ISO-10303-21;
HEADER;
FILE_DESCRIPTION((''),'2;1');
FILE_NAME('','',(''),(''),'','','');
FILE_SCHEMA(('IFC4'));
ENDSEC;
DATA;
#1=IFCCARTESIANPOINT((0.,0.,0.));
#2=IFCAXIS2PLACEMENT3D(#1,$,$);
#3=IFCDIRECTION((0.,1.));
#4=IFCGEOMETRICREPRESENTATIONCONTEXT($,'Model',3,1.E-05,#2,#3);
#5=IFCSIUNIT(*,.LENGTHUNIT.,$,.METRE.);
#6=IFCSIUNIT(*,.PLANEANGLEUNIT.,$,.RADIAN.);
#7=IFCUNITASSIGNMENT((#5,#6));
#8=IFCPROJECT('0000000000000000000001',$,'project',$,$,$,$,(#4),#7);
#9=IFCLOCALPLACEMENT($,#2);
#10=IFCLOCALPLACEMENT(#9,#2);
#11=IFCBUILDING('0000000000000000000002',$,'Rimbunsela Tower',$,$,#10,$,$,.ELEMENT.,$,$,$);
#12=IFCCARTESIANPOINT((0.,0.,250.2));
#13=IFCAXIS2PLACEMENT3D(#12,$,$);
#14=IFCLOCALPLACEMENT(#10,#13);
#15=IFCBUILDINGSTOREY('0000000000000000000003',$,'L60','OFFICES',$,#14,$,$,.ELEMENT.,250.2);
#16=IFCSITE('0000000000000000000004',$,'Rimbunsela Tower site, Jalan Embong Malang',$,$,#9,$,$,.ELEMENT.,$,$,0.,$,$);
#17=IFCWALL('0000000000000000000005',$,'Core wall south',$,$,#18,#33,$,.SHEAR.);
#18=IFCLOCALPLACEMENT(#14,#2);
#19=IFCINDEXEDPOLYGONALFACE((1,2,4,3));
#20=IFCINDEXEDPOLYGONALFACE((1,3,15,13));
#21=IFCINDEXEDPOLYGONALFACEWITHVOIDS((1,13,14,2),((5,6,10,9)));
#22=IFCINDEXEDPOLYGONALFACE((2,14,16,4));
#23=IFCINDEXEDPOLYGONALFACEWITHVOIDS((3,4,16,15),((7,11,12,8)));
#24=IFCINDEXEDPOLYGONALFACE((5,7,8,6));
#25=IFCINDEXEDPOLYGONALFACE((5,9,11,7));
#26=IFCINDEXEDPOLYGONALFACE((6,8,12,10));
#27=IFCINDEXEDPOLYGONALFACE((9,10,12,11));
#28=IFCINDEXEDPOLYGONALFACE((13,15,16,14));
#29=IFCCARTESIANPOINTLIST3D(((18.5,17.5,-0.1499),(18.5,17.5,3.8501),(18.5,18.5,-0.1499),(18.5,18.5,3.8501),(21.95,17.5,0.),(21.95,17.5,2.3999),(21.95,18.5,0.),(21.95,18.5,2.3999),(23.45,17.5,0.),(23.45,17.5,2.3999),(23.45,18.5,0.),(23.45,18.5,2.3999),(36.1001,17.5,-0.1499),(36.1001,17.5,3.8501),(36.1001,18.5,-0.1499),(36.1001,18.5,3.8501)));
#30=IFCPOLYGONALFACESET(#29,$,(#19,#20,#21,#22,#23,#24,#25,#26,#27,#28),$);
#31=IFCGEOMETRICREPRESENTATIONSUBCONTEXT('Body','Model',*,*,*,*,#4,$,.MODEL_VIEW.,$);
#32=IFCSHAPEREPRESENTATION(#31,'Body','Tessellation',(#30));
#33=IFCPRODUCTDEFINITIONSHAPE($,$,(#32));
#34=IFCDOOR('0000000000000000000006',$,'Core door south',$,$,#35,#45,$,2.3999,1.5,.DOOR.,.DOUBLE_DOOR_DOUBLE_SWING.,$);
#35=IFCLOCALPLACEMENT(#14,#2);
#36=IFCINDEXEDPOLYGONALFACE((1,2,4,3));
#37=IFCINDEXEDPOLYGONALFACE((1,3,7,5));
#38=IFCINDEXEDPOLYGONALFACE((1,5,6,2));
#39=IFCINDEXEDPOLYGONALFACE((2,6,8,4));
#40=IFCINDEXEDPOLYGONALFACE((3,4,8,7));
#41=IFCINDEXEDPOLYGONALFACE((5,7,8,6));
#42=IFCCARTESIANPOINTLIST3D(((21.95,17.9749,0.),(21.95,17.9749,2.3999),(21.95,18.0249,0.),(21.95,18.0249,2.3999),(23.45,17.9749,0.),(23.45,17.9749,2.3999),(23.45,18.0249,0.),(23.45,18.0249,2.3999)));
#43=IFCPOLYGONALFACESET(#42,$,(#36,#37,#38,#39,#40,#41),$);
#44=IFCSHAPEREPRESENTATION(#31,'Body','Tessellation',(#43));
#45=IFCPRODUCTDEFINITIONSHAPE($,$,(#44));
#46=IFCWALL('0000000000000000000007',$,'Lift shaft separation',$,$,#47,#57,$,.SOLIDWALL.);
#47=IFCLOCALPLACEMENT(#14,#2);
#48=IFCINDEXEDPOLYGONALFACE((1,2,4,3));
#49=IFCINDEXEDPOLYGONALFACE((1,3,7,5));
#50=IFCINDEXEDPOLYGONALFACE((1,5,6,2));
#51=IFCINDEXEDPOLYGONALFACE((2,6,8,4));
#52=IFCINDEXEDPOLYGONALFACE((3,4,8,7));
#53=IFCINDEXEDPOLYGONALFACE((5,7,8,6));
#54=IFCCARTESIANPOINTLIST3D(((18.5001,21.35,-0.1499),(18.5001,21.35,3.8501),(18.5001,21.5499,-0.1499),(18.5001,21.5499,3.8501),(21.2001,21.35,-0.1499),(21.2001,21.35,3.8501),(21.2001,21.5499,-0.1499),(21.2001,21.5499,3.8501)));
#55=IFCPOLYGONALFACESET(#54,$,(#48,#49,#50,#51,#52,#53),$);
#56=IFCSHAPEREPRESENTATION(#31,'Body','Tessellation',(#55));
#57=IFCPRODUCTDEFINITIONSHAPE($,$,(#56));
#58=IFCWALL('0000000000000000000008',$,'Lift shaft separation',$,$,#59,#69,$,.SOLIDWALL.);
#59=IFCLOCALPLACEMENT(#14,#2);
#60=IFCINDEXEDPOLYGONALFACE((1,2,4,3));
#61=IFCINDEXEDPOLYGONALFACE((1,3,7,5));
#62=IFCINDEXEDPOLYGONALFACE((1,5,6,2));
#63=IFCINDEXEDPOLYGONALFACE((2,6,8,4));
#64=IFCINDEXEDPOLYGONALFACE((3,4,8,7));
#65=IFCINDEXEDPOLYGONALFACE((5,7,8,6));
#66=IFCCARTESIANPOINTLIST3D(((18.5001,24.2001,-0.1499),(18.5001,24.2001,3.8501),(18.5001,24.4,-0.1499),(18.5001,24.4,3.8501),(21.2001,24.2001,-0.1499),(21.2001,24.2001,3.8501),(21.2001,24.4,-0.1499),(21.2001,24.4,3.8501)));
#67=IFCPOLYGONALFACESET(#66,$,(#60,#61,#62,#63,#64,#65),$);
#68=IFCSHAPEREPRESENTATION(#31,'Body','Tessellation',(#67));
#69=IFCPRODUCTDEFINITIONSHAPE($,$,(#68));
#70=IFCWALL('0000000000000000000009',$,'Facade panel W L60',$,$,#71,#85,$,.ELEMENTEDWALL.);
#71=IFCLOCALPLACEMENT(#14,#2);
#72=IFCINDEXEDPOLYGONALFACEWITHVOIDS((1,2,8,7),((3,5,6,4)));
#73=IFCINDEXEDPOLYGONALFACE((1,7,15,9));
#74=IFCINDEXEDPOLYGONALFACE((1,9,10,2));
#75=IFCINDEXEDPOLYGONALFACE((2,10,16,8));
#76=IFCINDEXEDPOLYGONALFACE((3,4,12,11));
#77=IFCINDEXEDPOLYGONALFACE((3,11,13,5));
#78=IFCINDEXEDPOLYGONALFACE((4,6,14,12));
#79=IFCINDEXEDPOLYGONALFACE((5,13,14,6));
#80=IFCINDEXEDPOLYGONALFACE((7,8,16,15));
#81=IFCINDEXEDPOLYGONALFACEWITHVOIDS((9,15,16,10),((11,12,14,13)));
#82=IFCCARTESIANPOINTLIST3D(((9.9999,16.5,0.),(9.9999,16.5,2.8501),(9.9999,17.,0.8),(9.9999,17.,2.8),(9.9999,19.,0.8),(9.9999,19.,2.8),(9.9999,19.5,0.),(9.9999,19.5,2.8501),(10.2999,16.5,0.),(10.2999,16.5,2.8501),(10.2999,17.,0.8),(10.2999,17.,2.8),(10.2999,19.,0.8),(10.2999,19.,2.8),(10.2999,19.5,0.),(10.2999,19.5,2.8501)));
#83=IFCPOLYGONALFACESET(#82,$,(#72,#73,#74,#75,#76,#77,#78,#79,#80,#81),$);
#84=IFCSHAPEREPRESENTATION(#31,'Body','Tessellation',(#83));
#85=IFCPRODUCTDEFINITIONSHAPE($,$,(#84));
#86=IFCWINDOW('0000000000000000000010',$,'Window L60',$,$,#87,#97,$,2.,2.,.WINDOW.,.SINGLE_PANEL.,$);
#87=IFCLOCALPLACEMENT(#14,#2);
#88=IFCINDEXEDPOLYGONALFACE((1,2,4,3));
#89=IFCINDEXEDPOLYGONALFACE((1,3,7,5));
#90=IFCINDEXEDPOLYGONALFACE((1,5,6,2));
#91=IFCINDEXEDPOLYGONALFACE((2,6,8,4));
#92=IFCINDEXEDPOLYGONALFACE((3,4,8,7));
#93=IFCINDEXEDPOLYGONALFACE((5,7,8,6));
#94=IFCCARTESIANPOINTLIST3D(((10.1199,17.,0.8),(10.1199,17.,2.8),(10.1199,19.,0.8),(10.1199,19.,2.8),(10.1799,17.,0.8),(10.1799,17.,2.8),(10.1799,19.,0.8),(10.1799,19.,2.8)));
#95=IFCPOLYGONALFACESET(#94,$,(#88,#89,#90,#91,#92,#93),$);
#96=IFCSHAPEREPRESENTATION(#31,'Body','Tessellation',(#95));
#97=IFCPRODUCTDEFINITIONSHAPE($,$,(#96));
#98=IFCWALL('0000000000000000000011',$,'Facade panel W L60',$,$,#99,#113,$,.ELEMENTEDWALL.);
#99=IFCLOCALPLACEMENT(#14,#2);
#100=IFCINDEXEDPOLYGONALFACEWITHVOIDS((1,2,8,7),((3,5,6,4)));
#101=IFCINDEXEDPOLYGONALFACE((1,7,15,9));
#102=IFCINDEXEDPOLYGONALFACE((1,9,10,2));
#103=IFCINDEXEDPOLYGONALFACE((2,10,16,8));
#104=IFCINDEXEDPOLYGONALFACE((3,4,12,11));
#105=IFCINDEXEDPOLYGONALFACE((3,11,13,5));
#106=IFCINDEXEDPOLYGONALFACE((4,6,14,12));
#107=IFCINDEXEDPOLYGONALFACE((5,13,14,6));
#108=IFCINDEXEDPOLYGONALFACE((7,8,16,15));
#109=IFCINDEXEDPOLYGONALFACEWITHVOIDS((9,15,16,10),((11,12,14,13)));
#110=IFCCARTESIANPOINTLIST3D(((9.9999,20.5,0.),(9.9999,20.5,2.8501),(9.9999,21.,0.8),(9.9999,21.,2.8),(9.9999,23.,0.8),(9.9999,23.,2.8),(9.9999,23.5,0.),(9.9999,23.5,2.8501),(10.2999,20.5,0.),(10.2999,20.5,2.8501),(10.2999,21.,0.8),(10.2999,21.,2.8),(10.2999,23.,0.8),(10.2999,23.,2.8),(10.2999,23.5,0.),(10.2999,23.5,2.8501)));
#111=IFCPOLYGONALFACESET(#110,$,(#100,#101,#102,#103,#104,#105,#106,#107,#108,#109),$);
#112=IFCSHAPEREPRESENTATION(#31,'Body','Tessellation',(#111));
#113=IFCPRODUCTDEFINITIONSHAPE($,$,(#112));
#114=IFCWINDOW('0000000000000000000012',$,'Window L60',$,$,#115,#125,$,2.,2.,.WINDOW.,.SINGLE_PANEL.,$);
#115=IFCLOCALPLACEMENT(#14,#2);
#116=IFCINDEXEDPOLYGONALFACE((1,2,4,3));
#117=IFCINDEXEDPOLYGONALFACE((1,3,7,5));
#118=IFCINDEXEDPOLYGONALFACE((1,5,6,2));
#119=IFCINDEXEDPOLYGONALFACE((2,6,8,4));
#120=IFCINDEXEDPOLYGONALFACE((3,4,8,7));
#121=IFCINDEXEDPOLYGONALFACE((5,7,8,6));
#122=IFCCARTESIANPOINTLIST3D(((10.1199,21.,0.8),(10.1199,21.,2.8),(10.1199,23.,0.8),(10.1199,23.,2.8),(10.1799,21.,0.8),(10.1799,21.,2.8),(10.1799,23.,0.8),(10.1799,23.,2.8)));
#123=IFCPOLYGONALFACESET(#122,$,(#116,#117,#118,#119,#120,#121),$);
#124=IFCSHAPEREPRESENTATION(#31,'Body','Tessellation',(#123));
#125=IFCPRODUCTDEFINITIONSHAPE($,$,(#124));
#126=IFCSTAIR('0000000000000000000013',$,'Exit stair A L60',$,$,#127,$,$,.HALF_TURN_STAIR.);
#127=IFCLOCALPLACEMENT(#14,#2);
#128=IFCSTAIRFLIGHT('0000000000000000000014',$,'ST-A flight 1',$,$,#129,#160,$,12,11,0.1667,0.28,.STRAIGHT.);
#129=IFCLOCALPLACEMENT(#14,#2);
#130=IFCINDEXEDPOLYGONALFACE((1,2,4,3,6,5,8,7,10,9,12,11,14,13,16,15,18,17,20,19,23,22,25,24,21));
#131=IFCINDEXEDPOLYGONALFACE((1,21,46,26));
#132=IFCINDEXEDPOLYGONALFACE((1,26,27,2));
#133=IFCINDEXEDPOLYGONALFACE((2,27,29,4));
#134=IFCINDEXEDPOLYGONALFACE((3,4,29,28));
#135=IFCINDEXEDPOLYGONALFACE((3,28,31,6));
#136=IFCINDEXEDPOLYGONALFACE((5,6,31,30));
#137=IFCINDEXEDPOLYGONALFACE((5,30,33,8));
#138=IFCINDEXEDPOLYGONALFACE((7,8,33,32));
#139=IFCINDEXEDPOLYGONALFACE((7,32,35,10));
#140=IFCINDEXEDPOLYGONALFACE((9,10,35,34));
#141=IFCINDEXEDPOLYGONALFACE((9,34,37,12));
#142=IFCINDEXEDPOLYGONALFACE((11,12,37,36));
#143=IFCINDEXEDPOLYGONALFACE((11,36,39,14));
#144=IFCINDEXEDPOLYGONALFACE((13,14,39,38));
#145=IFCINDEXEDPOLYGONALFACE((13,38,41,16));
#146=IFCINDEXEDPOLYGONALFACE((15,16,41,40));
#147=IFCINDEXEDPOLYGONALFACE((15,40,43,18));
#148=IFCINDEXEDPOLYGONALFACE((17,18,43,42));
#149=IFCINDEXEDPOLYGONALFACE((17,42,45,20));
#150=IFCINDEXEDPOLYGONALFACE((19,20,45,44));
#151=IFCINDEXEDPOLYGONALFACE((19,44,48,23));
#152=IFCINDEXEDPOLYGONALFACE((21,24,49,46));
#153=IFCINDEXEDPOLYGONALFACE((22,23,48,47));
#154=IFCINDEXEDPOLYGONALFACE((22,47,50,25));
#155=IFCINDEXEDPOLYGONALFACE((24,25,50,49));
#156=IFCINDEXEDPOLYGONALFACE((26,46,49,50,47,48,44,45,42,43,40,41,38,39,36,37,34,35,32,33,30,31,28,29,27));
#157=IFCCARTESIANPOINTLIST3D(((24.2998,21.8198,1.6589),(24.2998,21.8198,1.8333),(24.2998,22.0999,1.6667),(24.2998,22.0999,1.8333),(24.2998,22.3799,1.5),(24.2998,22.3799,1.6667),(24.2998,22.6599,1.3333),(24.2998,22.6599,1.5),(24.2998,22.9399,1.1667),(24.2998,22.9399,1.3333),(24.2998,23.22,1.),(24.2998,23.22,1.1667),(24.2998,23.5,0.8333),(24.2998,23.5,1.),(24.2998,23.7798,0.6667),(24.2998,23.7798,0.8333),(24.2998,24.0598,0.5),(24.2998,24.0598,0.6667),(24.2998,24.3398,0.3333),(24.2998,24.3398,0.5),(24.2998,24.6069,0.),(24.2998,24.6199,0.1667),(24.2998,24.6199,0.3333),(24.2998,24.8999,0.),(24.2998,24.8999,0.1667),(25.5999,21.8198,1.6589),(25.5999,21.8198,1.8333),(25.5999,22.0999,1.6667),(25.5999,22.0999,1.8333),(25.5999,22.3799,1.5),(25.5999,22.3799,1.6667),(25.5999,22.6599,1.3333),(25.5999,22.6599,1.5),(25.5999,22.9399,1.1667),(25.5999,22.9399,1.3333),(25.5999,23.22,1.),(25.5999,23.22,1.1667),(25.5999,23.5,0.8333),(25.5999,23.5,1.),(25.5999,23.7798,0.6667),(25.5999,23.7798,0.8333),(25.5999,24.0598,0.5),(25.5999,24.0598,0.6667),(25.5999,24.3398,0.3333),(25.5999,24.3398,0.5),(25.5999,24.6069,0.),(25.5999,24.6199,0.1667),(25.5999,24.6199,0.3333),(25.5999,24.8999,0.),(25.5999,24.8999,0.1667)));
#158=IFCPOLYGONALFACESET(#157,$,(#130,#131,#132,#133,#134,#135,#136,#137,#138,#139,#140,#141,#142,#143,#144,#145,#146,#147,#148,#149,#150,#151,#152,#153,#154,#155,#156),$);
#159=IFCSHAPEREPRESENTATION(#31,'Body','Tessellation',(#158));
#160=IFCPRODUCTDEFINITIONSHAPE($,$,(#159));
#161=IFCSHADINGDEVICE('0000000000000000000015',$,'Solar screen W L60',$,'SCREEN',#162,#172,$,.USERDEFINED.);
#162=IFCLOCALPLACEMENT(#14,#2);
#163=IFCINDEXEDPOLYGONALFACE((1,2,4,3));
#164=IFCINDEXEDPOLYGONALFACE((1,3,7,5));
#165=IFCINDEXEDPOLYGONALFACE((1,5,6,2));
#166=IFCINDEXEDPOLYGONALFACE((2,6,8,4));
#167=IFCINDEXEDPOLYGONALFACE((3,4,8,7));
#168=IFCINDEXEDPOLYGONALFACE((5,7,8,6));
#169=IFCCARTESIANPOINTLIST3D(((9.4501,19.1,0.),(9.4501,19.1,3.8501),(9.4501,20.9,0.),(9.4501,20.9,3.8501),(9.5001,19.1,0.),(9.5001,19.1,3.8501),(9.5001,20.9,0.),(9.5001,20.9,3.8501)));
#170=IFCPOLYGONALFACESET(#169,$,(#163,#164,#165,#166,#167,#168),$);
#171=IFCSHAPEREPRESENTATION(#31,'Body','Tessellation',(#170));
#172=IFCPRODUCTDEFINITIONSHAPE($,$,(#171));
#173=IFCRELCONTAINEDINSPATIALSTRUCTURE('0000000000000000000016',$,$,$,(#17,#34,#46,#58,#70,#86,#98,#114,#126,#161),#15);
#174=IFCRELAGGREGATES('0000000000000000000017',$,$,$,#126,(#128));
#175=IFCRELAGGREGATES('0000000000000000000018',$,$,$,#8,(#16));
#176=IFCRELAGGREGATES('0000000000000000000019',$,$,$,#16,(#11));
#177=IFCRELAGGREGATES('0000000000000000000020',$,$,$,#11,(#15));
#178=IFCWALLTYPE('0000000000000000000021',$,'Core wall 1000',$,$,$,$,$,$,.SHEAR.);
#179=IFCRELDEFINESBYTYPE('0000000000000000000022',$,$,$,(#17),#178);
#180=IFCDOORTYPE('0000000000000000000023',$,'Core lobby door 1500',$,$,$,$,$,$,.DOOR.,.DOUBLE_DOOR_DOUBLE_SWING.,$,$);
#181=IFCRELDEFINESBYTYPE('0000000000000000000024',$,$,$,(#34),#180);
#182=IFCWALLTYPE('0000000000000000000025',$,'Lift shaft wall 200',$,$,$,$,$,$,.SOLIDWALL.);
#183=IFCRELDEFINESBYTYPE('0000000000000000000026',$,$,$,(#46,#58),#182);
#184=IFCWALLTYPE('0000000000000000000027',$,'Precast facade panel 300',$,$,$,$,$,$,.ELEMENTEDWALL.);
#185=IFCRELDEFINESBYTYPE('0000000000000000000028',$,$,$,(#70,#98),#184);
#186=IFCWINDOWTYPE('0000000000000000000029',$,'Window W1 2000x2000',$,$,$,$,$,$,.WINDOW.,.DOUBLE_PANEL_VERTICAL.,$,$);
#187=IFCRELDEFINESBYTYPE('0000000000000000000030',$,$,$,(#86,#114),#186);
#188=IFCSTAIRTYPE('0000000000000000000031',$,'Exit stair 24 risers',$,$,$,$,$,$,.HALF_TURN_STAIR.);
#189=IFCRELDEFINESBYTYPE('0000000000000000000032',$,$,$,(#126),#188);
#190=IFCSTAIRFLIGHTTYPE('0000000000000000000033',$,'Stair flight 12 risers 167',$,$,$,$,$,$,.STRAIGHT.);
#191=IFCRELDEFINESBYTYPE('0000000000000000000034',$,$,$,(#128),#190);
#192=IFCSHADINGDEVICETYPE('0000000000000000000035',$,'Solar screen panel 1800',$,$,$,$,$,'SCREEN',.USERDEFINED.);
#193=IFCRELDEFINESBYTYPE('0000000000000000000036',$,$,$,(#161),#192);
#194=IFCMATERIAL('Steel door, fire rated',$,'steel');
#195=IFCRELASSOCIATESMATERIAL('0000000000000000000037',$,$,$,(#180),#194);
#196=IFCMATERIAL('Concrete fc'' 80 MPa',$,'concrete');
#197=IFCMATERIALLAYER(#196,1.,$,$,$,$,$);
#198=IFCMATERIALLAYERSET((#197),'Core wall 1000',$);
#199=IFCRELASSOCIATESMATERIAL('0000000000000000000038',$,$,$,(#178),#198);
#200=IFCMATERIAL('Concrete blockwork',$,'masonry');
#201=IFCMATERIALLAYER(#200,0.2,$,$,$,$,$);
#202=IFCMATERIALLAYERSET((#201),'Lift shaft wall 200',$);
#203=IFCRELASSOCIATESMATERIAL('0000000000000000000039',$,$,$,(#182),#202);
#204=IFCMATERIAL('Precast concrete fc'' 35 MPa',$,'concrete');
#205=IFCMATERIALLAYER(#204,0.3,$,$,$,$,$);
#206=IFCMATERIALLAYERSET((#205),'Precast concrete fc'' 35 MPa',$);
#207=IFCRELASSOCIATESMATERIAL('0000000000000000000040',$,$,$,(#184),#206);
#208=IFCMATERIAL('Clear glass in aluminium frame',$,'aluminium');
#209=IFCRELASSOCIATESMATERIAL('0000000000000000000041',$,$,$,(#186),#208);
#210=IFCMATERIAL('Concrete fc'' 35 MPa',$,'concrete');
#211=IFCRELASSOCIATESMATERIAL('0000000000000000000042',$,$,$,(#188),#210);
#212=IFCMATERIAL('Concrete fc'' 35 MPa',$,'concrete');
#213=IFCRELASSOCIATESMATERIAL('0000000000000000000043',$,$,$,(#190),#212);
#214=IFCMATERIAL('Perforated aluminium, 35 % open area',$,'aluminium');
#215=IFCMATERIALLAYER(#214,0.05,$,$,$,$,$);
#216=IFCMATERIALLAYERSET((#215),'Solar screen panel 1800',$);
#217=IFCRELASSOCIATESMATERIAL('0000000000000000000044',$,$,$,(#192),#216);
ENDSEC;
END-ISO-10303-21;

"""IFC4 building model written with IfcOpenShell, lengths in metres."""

from ifc_helpers import new_model, si_unit, direction, frame, frame_2d, origin, origin_2d, place, context, subcontext, project, spatial, polyline, rectangle, outline, extrude, material, layer, layer_set, type_object, element, fill, aggregate, save


model = new_model("IFC4")

# Units and contexts
model_context = context("Model", 3, precision=1e-05, world=origin(), true_north=direction((0.0, 1.0)))
body_context = subcontext(model_context, "Body", "Model", "MODEL_VIEW")
ifc_project = project(units=[si_unit("LENGTHUNIT", "METRE"), si_unit("PLANEANGLEUNIT", "RADIAN")], contexts=[model_context])

# Site, building, storey
site_placement = place(None, origin())
site = spatial("IfcSite", under=ifc_project, at=site_placement, Name="Rimbunsela Tower site, Jalan Embong Malang", CompositionType="ELEMENT", RefElevation=0.0)
building_placement = place(site_placement, origin())
building = spatial("IfcBuilding", under=site, at=building_placement, Name="Rimbunsela Tower", CompositionType="ELEMENT")
storey_placement = place(building_placement, frame((0.0, 0.0, 250.2)))
storey = spatial("IfcBuildingStorey", under=building, at=storey_placement, Name="L60", Description="OFFICES", CompositionType="ELEMENT", Elevation=250.2)

# Shared definitions
ifc_material_1 = material(Name="Steel door, fire rated", Category="steel")
door_type_1 = type_object("IfcDoorType", Name="Core lobby door 1500", OperationType="DOUBLE_DOOR_DOUBLE_SWING", PredefinedType="DOOR", material=ifc_material_1)

# Shared definitions
ifc_material_2 = material(Name="Concrete fc' 80 MPa", Category="concrete")
ifc_layer_1 = layer(ifc_material_2, 1.0)
ifc_layer_set_1 = layer_set([ifc_layer_1], Name="Core wall 1000")
wall_type_1 = type_object("IfcWallType", Name="Core wall 1000", PredefinedType="SHEAR", material=ifc_layer_set_1)

# Wall, opening, door
wall_1_placement = place(storey_placement, frame((18.5, 18.0, -0.1499), z_axis=(0.0, 0.0, 1.0), x_axis=(1.0, 0.0, 0.0)))
wall_1 = element("IfcWall", 1, at=wall_1_placement, inside=storey, type_object=wall_type_1, Name="Core wall south", PredefinedType="SHEAR", context=body_context, shape_type="SweptSolid", body=[
    extrude(rectangle(XDim=17.6001, YDim=1.0, at=frame_2d((8.8, 0.0))), origin(), (0.0, 0.0, 1.0), 4.0),
])
opening_1_placement = place(wall_1_placement, frame((3.45, 0.0, 0.1499)))
opening_1 = element("IfcOpeningElement", 2, at=opening_1_placement, cuts=wall_1, PredefinedType="OPENING", context=body_context, shape_type="SweptSolid", body=[
    extrude(rectangle(XDim=1.5, YDim=2.3999, at=frame_2d((0.75, 1.2))), frame((0.0, 0.51, 0.0), z_axis=(0.0, -1.0, 0.0), x_axis=(1.0, 0.0, 0.0)), (0.0, 0.0, 1.0), 1.02),
])
door_1_placement = place(opening_1_placement, origin())
door_1 = element("IfcDoor", 3, at=door_1_placement, inside=storey, type_object=door_type_1, Name="Core door south", OperationType="DOUBLE_DOOR_DOUBLE_SWING", OverallHeight=2.3999, OverallWidth=1.5, PredefinedType="DOOR", context=body_context, shape_type="SweptSolid", body=[
    extrude(rectangle(XDim=1.5, YDim=2.3999, at=frame_2d((0.75, 1.2))), frame((0.0, 0.0249, 0.0), z_axis=(0.0, -1.0, 0.0), x_axis=(1.0, 0.0, 0.0)), (0.0, 0.0, 1.0), 0.05),
])
fill(opening_1, door_1)

# Walls
ifc_material_3 = material(Name="Concrete blockwork", Category="masonry")
ifc_layer_2 = layer(ifc_material_3, 0.2)
ifc_layer_set_2 = layer_set([ifc_layer_2], Name="Lift shaft wall 200")
wall_type_2 = type_object("IfcWallType", Name="Lift shaft wall 200", PredefinedType="SOLIDWALL", material=ifc_layer_set_2)
for number, where, z_axis, x_axis, name in (
    (4, (18.5, 21.45, -0.1499), (0.0, 0.0, 1.0), (1.0, 0.0, 0.0), "Lift shaft separation"),
    (5, (18.5, 24.3, -0.1499), (0.0, 0.0, 1.0), (1.0, 0.0, 0.0), "Lift shaft separation"),
):
    element("IfcWall", number, at=place(storey_placement, frame(where, z_axis=z_axis, x_axis=x_axis)), inside=storey, type_object=wall_type_2, Name=name, PredefinedType="SOLIDWALL", context=body_context, shape_type="SweptSolid", body=[
        extrude(rectangle(XDim=2.7, YDim=0.2, at=frame_2d((1.3501, 0.0))), origin(), (0.0, 0.0, 1.0), 4.0),
    ])

# Walls, openings, windows
ifc_material_4 = material(Name="Precast concrete fc' 35 MPa", Category="concrete")
ifc_layer_3 = layer(ifc_material_4, 0.3)
ifc_layer_set_3 = layer_set([ifc_layer_3], Name="Precast concrete fc' 35 MPa")
wall_type_3 = type_object("IfcWallType", Name="Precast facade panel 300", PredefinedType="ELEMENTEDWALL", material=ifc_layer_set_3)
wall_2_placement = place(storey_placement, frame((10.1499, 19.5, 0.0), z_axis=(0.0, 0.0, 1.0), x_axis=(0.0, -1.0, 0.0)))
wall_2 = element("IfcWall", 6, at=wall_2_placement, inside=storey, type_object=wall_type_3, Name="Facade panel W L60", PredefinedType="ELEMENTEDWALL", context=body_context, shape_type="SweptSolid", body=[
    extrude(rectangle(XDim=3.0, YDim=0.3, at=frame_2d((1.5, 0.0))), origin(), (0.0, 0.0, 1.0), 2.8501),
])
opening_2_placement = place(wall_2_placement, frame((0.5, 0.0, 0.8)))
opening_2 = element("IfcOpeningElement", 7, at=opening_2_placement, cuts=wall_2, PredefinedType="OPENING", context=body_context, shape_type="SweptSolid", body=[
    extrude(rectangle(XDim=2.0, YDim=2.0, at=frame_2d((1.0, 1.0))), frame((0.0, 0.1599, 0.0), z_axis=(0.0, -1.0, 0.0), x_axis=(1.0, 0.0, 0.0)), (0.0, 0.0, 1.0), 0.3201),
])
ifc_material_5 = material(Name="Clear glass in aluminium frame", Category="aluminium")
window_type = type_object("IfcWindowType", Name="Window W1 2000x2000", PartitioningType="DOUBLE_PANEL_VERTICAL", PredefinedType="WINDOW", material=ifc_material_5)
window_1_placement = place(opening_2_placement, origin())
window_1 = element("IfcWindow", 8, at=window_1_placement, inside=storey, type_object=window_type, Name="Window L60", OverallHeight=2.0, OverallWidth=2.0, PartitioningType="SINGLE_PANEL", PredefinedType="WINDOW", context=body_context, shape_type="SweptSolid", body=[
    extrude(rectangle(XDim=2.0, YDim=2.0, at=frame_2d((1.0, 1.0))), frame((0.0, 0.03, 0.0), z_axis=(0.0, -1.0, 0.0), x_axis=(1.0, 0.0, 0.0)), (0.0, 0.0, 1.0), 0.0601),
])
fill(opening_2, window_1)
wall_3_placement = place(storey_placement, frame((10.1499, 23.5, 0.0), z_axis=(0.0, 0.0, 1.0), x_axis=(0.0, -1.0, 0.0)))
wall_3 = element("IfcWall", 9, at=wall_3_placement, inside=storey, type_object=wall_type_3, Name="Facade panel W L60", PredefinedType="ELEMENTEDWALL", context=body_context, shape_type="SweptSolid", body=[
    extrude(rectangle(XDim=3.0, YDim=0.3, at=frame_2d((1.5, 0.0))), origin(), (0.0, 0.0, 1.0), 2.8501),
])
opening_3_placement = place(wall_3_placement, frame((0.5, 0.0, 0.8)))
opening_3 = element("IfcOpeningElement", 10, at=opening_3_placement, cuts=wall_3, PredefinedType="OPENING", context=body_context, shape_type="SweptSolid", body=[
    extrude(rectangle(XDim=2.0, YDim=2.0, at=frame_2d((1.0, 1.0))), frame((0.0, 0.1599, 0.0), z_axis=(0.0, -1.0, 0.0), x_axis=(1.0, 0.0, 0.0)), (0.0, 0.0, 1.0), 0.3201),
])
window_2_placement = place(opening_3_placement, origin())
window_2 = element("IfcWindow", 11, at=window_2_placement, inside=storey, type_object=window_type, Name="Window L60", OverallHeight=2.0, OverallWidth=2.0, PartitioningType="SINGLE_PANEL", PredefinedType="WINDOW", context=body_context, shape_type="SweptSolid", body=[
    extrude(rectangle(XDim=2.0, YDim=2.0, at=frame_2d((1.0, 1.0))), frame((0.0, 0.03, 0.0), z_axis=(0.0, -1.0, 0.0), x_axis=(1.0, 0.0, 0.0)), (0.0, 0.0, 1.0), 0.0601),
])
fill(opening_3, window_2)

# Stair, stair flight
ifc_material_6 = material(Name="Concrete fc' 35 MPa", Category="concrete")
stair_type = type_object("IfcStairType", Name="Exit stair 24 risers", PredefinedType="HALF_TURN_STAIR", material=ifc_material_6)
stair_placement = place(storey_placement, origin())
stair = element("IfcStair", 12, at=stair_placement, inside=storey, type_object=stair_type, Name="Exit stair A L60", PredefinedType="HALF_TURN_STAIR")
ifc_material_7 = material(Name="Concrete fc' 35 MPa", Category="concrete")
stair_flight_type = type_object("IfcStairFlightType", Name="Stair flight 12 risers 167", PredefinedType="STRAIGHT", material=ifc_material_7)
stair_flight_placement = place(storey_placement, frame((24.95, 24.8999, 0.0), z_axis=(0.0, 0.0, 1.0), x_axis=(0.0, -1.0, 0.0)))
stair_flight = element("IfcStairFlight", 13, at=stair_flight_placement, type_object=stair_flight_type, Name="ST-A flight 1", NumberOfRisers=12, NumberOfTreads=11, PredefinedType="STRAIGHT", RiserHeight=0.1667, TreadLength=0.28, context=body_context, shape_type="SweptSolid", body=[
    extrude(outline(polyline([(0.0, 0.0), (0.0, 0.1667), (0.28, 0.1667), (0.28, 0.3333), (0.5601, 0.3333), (0.5601, 0.5), (0.8401, 0.5), (0.8401, 0.6667), (1.1201, 0.6667), (1.1201, 0.8333), (1.3999, 0.8333), (1.3999, 1.0), (1.6799, 1.0), (1.6799, 1.1667), (1.96, 1.1667), (1.96, 1.3333), (2.24, 1.3333), (2.24, 1.5), (2.52, 1.5), (2.52, 1.6667), (2.8, 1.6667), (2.8, 1.8333), (3.0801, 1.8333), (3.0801, 2.0), (3.0801, 1.6589), (0.293, 0.0), (0.0, 0.0)])), frame((0.0, 0.6499, 0.0), z_axis=(0.0, -1.0, 0.0), x_axis=(1.0, 0.0, 0.0)), (0.0, 0.0, 1.0), 1.3),
])
aggregate(stair, [stair_flight])

# Shading device
ifc_material_8 = material(Name="Perforated aluminium, 35 % open area", Category="aluminium")
ifc_layer_4 = layer(ifc_material_8, 0.05)
ifc_layer_set_4 = layer_set([ifc_layer_4], Name="Solar screen panel 1800")
shading_device_type = type_object("IfcShadingDeviceType", Name="Solar screen panel 1800", ElementType="SCREEN", PredefinedType="USERDEFINED", material=ifc_layer_set_4)
for number, where, z_axis, x_axis, name in (
    (14, (9.4751, 20.0, 0.0), (0.0, 0.0, 1.0), (0.0, 1.0, 0.0), "Solar screen W L60"),
):
    element("IfcShadingDevice", number, at=place(storey_placement, frame(where, z_axis=z_axis, x_axis=x_axis)), inside=storey, type_object=shading_device_type, Name=name, ObjectType="SCREEN", PredefinedType="USERDEFINED", context=body_context, shape_type="SweptSolid", body=[
        extrude(rectangle(XDim=1.8, YDim=0.05, at=origin_2d()), origin(), (0.0, 0.0, 1.0), 3.8501),
    ])

save(model, "model.ifc")
